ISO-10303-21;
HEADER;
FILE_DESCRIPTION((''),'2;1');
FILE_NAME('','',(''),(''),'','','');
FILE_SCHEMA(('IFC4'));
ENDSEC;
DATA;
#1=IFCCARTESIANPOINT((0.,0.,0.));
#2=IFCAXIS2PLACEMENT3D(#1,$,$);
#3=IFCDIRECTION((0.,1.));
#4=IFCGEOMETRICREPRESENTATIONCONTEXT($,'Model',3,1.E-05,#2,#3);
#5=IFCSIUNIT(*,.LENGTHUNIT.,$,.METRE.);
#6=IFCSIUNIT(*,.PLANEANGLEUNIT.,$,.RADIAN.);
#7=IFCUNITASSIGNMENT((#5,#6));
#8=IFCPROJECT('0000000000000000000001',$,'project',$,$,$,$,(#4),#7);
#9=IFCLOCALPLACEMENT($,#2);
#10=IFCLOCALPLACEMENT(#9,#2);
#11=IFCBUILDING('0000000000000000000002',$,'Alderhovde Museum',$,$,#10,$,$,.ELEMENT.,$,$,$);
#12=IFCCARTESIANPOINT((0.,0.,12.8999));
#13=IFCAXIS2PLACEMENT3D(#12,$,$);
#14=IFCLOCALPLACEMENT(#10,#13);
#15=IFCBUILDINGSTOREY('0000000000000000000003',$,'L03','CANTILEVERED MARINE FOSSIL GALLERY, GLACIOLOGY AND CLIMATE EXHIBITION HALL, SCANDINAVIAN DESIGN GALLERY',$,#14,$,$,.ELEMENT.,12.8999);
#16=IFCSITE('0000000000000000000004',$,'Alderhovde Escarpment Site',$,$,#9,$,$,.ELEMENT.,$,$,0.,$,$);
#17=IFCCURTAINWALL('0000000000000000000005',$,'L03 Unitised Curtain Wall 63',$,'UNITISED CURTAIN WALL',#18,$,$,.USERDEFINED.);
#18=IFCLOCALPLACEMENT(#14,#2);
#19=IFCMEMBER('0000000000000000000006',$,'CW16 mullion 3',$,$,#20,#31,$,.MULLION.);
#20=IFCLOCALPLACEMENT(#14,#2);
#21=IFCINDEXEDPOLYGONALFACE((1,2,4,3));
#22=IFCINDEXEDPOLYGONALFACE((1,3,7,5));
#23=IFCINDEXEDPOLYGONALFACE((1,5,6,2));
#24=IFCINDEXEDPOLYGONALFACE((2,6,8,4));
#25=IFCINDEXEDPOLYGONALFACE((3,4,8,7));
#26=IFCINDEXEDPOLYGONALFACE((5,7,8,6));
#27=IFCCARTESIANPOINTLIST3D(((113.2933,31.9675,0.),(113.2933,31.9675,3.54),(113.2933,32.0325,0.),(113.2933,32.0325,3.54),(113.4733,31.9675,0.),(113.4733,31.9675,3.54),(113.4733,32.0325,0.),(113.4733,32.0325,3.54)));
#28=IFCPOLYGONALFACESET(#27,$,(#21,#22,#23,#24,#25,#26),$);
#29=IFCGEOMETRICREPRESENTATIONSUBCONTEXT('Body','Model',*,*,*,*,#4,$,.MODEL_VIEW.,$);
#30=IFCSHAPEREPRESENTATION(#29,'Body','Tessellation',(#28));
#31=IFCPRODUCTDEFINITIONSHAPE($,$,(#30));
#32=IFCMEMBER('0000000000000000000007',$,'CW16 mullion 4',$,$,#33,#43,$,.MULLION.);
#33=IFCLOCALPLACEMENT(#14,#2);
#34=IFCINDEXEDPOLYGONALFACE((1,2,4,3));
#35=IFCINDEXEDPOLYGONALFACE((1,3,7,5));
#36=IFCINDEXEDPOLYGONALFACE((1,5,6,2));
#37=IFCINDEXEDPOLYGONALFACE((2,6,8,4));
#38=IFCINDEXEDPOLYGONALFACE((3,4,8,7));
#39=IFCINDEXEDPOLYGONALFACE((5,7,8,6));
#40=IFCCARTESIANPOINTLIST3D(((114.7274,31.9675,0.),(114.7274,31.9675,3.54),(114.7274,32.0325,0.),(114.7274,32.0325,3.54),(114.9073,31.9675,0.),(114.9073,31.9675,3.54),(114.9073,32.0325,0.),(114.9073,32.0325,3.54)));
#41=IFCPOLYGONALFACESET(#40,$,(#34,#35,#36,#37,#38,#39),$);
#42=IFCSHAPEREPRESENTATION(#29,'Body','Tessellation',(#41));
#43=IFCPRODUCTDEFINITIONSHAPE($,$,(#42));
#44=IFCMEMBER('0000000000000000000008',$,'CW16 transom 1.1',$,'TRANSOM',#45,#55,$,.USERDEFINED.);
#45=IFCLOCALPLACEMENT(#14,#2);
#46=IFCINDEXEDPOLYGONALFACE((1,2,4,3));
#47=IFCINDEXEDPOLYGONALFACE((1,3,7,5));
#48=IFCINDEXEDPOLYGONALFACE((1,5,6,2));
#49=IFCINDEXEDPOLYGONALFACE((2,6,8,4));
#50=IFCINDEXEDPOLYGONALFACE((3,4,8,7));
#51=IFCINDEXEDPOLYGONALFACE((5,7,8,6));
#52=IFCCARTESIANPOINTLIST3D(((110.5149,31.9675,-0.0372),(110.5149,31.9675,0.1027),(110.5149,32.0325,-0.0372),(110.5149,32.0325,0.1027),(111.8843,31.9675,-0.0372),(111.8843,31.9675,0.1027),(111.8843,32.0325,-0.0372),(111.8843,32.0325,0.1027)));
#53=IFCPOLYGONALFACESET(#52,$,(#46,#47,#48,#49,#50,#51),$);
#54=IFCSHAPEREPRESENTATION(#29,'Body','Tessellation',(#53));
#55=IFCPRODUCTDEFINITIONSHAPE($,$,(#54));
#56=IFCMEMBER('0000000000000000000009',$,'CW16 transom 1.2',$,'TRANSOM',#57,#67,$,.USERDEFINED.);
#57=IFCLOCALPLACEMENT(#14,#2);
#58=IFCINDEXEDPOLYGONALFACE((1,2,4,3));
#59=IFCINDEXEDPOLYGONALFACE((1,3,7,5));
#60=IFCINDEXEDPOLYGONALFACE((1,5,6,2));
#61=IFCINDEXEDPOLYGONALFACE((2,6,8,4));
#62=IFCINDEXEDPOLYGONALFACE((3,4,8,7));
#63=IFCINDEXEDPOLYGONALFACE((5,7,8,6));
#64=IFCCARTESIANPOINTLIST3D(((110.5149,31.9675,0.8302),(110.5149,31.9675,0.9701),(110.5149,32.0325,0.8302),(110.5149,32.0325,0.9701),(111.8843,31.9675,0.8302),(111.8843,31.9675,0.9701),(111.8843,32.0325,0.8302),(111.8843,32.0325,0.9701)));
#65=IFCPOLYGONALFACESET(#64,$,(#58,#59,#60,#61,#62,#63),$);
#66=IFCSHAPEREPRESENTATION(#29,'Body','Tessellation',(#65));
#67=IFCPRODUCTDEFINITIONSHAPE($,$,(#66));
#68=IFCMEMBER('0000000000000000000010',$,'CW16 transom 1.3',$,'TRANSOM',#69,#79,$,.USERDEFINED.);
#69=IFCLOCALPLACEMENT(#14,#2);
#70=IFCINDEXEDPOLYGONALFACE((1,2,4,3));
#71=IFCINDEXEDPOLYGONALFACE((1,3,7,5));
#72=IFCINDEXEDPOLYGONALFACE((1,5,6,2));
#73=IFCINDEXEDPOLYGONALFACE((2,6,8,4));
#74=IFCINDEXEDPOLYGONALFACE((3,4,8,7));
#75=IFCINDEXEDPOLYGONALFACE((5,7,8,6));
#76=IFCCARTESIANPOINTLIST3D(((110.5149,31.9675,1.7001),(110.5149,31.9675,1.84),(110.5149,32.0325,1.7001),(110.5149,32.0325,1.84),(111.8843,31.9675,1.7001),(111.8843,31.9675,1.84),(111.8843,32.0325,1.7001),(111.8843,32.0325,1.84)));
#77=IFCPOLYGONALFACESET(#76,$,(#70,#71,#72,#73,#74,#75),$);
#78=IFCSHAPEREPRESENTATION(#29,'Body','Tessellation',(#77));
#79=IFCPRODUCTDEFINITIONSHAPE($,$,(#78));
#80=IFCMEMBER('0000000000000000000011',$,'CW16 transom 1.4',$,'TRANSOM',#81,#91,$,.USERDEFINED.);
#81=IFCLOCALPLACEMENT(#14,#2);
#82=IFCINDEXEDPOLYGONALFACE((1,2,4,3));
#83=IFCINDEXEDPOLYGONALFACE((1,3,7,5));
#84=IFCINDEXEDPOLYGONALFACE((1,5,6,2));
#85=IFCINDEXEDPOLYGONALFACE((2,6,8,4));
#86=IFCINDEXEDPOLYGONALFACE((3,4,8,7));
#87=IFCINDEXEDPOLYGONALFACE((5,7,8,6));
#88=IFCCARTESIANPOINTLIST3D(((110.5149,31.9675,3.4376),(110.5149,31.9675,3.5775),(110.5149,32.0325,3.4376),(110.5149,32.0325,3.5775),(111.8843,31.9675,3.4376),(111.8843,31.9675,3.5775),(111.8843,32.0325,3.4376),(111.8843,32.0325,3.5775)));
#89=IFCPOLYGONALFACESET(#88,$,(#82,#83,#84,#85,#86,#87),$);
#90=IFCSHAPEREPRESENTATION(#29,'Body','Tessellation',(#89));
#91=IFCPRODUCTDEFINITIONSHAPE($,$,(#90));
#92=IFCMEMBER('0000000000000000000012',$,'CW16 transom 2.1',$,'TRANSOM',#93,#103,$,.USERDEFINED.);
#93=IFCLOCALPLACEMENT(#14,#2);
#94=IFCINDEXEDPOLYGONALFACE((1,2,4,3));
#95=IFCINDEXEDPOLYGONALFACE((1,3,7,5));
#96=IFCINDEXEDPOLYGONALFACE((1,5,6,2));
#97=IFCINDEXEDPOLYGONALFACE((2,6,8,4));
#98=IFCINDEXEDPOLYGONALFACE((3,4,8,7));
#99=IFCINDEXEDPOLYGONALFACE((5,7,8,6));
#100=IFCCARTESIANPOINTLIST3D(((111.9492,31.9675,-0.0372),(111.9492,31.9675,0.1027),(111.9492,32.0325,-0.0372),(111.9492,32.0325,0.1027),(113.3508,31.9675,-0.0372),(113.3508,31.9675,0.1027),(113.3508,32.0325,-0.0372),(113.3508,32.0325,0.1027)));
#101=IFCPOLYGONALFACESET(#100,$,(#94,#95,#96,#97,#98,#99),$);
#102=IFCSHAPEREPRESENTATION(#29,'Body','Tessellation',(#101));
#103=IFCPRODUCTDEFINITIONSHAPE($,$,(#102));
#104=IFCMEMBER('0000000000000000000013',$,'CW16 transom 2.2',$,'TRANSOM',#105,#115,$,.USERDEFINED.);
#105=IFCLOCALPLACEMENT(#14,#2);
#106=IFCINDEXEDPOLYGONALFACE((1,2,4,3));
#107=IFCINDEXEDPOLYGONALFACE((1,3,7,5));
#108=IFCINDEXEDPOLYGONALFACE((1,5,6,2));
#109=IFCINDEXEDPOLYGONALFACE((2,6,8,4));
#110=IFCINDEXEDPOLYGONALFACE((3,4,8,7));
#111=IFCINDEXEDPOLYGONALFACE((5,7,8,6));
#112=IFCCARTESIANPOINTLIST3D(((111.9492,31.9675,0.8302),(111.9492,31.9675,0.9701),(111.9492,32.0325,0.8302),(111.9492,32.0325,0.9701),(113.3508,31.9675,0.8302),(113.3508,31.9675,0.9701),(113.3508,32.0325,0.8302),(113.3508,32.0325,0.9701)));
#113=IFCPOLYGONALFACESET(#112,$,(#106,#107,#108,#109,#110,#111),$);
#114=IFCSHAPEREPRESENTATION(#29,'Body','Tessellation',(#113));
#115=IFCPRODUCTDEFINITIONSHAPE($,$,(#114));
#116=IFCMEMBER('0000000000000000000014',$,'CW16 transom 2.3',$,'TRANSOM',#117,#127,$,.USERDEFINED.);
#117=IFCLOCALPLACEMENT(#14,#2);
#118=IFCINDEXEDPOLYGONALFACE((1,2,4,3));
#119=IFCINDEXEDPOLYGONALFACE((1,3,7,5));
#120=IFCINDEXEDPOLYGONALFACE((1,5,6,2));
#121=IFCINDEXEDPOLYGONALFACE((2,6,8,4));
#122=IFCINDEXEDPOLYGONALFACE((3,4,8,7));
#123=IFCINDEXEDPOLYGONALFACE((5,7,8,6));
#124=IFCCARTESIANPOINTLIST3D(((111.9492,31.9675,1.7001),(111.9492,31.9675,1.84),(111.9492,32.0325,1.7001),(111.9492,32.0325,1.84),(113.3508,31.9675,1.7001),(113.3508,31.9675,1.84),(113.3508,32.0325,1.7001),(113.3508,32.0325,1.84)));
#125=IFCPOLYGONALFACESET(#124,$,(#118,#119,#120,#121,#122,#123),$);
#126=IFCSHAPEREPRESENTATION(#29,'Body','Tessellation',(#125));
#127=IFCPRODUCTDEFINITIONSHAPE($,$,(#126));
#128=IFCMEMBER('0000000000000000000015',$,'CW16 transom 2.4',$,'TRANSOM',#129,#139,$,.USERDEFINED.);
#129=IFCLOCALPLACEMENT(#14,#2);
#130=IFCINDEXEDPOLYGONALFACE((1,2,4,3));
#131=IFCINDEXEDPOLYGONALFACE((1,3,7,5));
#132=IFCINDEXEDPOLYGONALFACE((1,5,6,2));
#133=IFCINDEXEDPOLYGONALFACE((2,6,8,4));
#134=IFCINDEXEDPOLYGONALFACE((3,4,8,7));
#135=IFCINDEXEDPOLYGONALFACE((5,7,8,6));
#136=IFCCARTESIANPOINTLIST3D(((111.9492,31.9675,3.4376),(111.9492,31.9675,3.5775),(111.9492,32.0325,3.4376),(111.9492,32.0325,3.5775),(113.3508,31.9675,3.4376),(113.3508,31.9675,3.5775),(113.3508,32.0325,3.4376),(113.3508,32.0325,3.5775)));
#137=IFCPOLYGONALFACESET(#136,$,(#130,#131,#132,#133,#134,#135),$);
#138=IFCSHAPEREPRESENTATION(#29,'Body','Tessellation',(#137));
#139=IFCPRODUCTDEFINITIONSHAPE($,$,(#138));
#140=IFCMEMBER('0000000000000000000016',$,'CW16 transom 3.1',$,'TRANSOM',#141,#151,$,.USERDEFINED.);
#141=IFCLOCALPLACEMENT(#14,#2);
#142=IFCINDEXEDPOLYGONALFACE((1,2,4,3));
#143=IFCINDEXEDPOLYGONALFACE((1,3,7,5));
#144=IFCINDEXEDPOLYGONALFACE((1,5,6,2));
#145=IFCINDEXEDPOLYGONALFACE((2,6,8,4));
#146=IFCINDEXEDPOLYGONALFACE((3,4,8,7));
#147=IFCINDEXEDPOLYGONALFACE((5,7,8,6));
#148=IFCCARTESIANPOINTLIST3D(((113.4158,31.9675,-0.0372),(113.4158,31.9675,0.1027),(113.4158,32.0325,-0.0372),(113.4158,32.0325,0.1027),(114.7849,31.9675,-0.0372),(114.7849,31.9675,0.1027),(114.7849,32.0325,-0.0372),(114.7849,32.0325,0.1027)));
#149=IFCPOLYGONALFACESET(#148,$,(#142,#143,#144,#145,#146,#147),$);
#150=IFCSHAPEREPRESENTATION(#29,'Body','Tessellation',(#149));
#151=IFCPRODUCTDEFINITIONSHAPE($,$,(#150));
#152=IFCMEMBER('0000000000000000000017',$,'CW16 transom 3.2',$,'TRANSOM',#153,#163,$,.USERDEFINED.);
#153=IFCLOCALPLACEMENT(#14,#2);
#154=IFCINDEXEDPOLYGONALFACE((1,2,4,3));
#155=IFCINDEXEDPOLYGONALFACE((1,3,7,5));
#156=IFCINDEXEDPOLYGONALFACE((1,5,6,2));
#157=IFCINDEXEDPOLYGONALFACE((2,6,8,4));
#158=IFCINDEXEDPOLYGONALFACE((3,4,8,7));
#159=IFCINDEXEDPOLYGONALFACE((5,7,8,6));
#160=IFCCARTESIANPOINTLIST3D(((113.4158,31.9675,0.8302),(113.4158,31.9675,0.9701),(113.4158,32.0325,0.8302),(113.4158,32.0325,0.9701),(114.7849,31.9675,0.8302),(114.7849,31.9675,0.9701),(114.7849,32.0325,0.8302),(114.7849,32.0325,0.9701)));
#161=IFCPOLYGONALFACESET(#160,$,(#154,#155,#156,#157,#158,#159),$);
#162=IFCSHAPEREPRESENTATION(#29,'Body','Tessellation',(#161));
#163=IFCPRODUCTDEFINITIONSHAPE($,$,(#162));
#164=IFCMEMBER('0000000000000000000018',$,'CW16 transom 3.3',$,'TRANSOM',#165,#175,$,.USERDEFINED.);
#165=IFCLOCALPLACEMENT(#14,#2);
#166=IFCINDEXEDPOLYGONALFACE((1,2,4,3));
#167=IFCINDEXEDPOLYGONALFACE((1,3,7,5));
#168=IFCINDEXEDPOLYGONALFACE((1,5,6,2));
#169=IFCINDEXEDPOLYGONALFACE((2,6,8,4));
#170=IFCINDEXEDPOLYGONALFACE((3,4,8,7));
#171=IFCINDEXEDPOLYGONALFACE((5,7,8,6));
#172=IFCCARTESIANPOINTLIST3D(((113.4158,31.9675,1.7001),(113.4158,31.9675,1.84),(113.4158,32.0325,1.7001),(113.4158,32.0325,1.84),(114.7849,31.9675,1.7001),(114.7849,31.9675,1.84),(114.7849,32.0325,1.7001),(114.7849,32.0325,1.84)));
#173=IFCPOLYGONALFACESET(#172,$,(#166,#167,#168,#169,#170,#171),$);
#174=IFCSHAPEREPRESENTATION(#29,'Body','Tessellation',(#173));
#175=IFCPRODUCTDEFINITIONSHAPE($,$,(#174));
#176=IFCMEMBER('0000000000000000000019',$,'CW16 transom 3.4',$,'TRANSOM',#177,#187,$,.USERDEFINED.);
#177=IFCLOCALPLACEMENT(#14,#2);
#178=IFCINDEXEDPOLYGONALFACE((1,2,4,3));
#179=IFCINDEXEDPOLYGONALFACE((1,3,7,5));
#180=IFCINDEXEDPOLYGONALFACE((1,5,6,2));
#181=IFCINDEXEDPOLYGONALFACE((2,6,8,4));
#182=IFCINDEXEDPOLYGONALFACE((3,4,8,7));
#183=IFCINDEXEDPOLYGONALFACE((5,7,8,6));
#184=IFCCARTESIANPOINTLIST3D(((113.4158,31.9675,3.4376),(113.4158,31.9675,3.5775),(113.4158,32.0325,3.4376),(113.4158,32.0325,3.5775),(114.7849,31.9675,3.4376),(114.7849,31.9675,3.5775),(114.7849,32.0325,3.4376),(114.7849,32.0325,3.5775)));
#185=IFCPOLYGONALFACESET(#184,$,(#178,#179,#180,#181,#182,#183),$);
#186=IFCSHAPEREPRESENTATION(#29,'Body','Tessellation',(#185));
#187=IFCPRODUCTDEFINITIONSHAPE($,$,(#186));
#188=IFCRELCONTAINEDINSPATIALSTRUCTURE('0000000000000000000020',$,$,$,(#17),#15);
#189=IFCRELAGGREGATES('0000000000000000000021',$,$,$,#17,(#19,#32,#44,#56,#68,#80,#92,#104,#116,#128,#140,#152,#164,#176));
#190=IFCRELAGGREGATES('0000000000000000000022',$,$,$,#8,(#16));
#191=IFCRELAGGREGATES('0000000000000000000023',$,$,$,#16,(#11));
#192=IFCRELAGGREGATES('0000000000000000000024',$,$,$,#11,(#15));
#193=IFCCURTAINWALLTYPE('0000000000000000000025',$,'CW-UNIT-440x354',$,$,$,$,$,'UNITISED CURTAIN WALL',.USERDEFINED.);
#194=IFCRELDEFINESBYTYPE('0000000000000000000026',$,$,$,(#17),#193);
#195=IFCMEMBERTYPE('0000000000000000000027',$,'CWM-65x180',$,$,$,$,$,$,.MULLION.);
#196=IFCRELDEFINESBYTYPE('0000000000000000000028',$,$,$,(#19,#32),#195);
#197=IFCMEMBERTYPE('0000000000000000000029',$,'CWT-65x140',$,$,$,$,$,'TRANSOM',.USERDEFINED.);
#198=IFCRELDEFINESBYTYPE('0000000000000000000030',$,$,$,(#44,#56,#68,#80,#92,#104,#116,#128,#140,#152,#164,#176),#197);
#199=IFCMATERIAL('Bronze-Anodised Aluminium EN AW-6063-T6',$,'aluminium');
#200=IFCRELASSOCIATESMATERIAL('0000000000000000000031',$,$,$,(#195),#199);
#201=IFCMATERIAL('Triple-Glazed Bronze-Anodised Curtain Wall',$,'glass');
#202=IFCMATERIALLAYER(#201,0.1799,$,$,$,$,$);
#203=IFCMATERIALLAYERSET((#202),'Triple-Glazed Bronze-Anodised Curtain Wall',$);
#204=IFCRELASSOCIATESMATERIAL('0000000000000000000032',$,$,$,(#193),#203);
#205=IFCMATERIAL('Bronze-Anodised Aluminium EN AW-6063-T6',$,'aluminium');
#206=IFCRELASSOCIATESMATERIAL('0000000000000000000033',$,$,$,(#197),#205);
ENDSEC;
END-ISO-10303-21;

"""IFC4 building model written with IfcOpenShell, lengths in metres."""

from ifc_helpers import new_model, si_unit, direction, frame, origin, origin_2d, place, context, subcontext, project, spatial, rectangle, extrude, material, layer, layer_set, material_profile, profile_set, type_object, element, aggregate, save


model = new_model("IFC4")

# Units and contexts
model_context = context("Model", 3, precision=1e-05, world=origin(), true_north=direction((0.0, 1.0)))
body_context = subcontext(model_context, "Body", "Model", "MODEL_VIEW")
ifc_project = project(units=[si_unit("LENGTHUNIT", "METRE"), si_unit("PLANEANGLEUNIT", "RADIAN")], contexts=[model_context])

# Site, building, storey
site_placement = place(None, origin())
site = spatial("IfcSite", under=ifc_project, at=site_placement, Name="Alderhovde Escarpment Site", CompositionType="ELEMENT", RefElevation=0.0)
building_placement = place(site_placement, origin())
building = spatial("IfcBuilding", under=site, at=building_placement, Name="Alderhovde Museum", CompositionType="ELEMENT")
storey_placement = place(building_placement, frame((0.0, 0.0, 12.8999)))
storey = spatial("IfcBuildingStorey", under=building, at=storey_placement, Name="L03", Description="CANTILEVERED MARINE FOSSIL GALLERY, GLACIOLOGY AND CLIMATE EXHIBITION HALL, SCANDINAVIAN DESIGN GALLERY", CompositionType="ELEMENT", Elevation=12.8999)

# Shared definitions
ifc_material_1 = material(Name="Bronze-Anodised Aluminium EN AW-6063-T6", Category="aluminium")
ifc_material_profile_1 = material_profile(ifc_material_1, rectangle(XDim=0.0649, YDim=0.1799, at=origin_2d()), Name="MULLION 65x180")
ifc_profile_set_1 = profile_set([ifc_material_profile_1], Name="Bronze-Anodised Aluminium EN AW-6063-T6")
member_type_1 = type_object("IfcMemberType", Name="CWM-65x180", PredefinedType="MULLION", material=ifc_profile_set_1)

# Curtain wall, members
ifc_material_2 = material(Name="Triple-Glazed Bronze-Anodised Curtain Wall", Category="glass")
ifc_layer_1 = layer(ifc_material_2, 0.1799)
ifc_layer_set_1 = layer_set([ifc_layer_1], Name="Triple-Glazed Bronze-Anodised Curtain Wall")
curtain_wall_type_1 = type_object("IfcCurtainWallType", Name="CW-UNIT-440x354", ElementType="UNITISED CURTAIN WALL", PredefinedType="USERDEFINED", material=ifc_layer_set_1)
curtain_wall_1_placement = place(storey_placement, origin())
curtain_wall_1 = element("IfcCurtainWall", 1, at=curtain_wall_1_placement, inside=storey, type_object=curtain_wall_type_1, Name="L03 Unitised Curtain Wall 63", ObjectType="UNITISED CURTAIN WALL", PredefinedType="USERDEFINED")
member_1_placement = place(storey_placement, frame((113.3833, 32.0, 0.0), z_axis=(0.0, 0.0, 1.0), x_axis=(0.0, 1.0, 0.0)))
member_1 = element("IfcMember", 2, at=member_1_placement, type_object=member_type_1, Name="CW16 mullion 3", PredefinedType="MULLION", context=body_context, shape_type="SweptSolid", body=[
    extrude(rectangle(XDim=0.0649, YDim=0.1799, at=origin_2d()), origin(), (0.0, 0.0, 1.0), 3.54),
])
member_2_placement = place(storey_placement, frame((114.8174, 32.0, 0.0), z_axis=(0.0, 0.0, 1.0), x_axis=(0.0, 1.0, 0.0)))
member_2 = element("IfcMember", 3, at=member_2_placement, type_object=member_type_1, Name="CW16 mullion 4", PredefinedType="MULLION", context=body_context, shape_type="SweptSolid", body=[
    extrude(rectangle(XDim=0.0649, YDim=0.1799, at=origin_2d()), origin(), (0.0, 0.0, 1.0), 3.54),
])
ifc_material_3 = material(Name="Bronze-Anodised Aluminium EN AW-6063-T6", Category="aluminium")
ifc_material_profile_2 = material_profile(ifc_material_3, rectangle(XDim=0.0649, YDim=0.1399, at=origin_2d()), Name="TRANSOM 65x140")
ifc_profile_set_2 = profile_set([ifc_material_profile_2], Name="Bronze-Anodised Aluminium EN AW-6063-T6")
member_type_2 = type_object("IfcMemberType", Name="CWT-65x140", ElementType="TRANSOM", PredefinedType="USERDEFINED", material=ifc_profile_set_2)
member_3_placement = place(storey_placement, frame((110.5149, 32.0, 0.0327), z_axis=(1.0, 0.0, 0.0), x_axis=(0.0, 1.0, 0.0)))
member_3 = element("IfcMember", 4, at=member_3_placement, type_object=member_type_2, Name="CW16 transom 1.1", ObjectType="TRANSOM", PredefinedType="USERDEFINED", context=body_context, shape_type="SweptSolid", body=[
    extrude(rectangle(XDim=0.0649, YDim=0.1399, at=origin_2d()), origin(), (0.0, 0.0, 1.0), 1.3694),
])
member_4_placement = place(storey_placement, frame((110.5149, 32.0, 0.9001), z_axis=(1.0, 0.0, 0.0), x_axis=(0.0, 1.0, 0.0)))
member_4 = element("IfcMember", 5, at=member_4_placement, type_object=member_type_2, Name="CW16 transom 1.2", ObjectType="TRANSOM", PredefinedType="USERDEFINED", context=body_context, shape_type="SweptSolid", body=[
    extrude(rectangle(XDim=0.0649, YDim=0.1399, at=origin_2d()), origin(), (0.0, 0.0, 1.0), 1.3694),
])
member_5_placement = place(storey_placement, frame((110.5149, 32.0, 1.77), z_axis=(1.0, 0.0, 0.0), x_axis=(0.0, 1.0, 0.0)))
member_5 = element("IfcMember", 6, at=member_5_placement, type_object=member_type_2, Name="CW16 transom 1.3", ObjectType="TRANSOM", PredefinedType="USERDEFINED", context=body_context, shape_type="SweptSolid", body=[
    extrude(rectangle(XDim=0.0649, YDim=0.1399, at=origin_2d()), origin(), (0.0, 0.0, 1.0), 1.3694),
])
member_6_placement = place(storey_placement, frame((110.5149, 32.0, 3.5076), z_axis=(1.0, 0.0, 0.0), x_axis=(0.0, 1.0, 0.0)))
member_6 = element("IfcMember", 7, at=member_6_placement, type_object=member_type_2, Name="CW16 transom 1.4", ObjectType="TRANSOM", PredefinedType="USERDEFINED", context=body_context, shape_type="SweptSolid", body=[
    extrude(rectangle(XDim=0.0649, YDim=0.1399, at=origin_2d()), origin(), (0.0, 0.0, 1.0), 1.3694),
])
member_7_placement = place(storey_placement, frame((111.9492, 32.0, 0.0327), z_axis=(1.0, 0.0, 0.0), x_axis=(0.0, 1.0, 0.0)))
member_7 = element("IfcMember", 8, at=member_7_placement, type_object=member_type_2, Name="CW16 transom 2.1", ObjectType="TRANSOM", PredefinedType="USERDEFINED", context=body_context, shape_type="SweptSolid", body=[
    extrude(rectangle(XDim=0.0649, YDim=0.1399, at=origin_2d()), origin(), (0.0, 0.0, 1.0), 1.4016),
])
member_8_placement = place(storey_placement, frame((111.9492, 32.0, 0.9001), z_axis=(1.0, 0.0, 0.0), x_axis=(0.0, 1.0, 0.0)))
member_8 = element("IfcMember", 9, at=member_8_placement, type_object=member_type_2, Name="CW16 transom 2.2", ObjectType="TRANSOM", PredefinedType="USERDEFINED", context=body_context, shape_type="SweptSolid", body=[
    extrude(rectangle(XDim=0.0649, YDim=0.1399, at=origin_2d()), origin(), (0.0, 0.0, 1.0), 1.4016),
])
member_9_placement = place(storey_placement, frame((111.9492, 32.0, 1.77), z_axis=(1.0, 0.0, 0.0), x_axis=(0.0, 1.0, 0.0)))
member_9 = element("IfcMember", 10, at=member_9_placement, type_object=member_type_2, Name="CW16 transom 2.3", ObjectType="TRANSOM", PredefinedType="USERDEFINED", context=body_context, shape_type="SweptSolid", body=[
    extrude(rectangle(XDim=0.0649, YDim=0.1399, at=origin_2d()), origin(), (0.0, 0.0, 1.0), 1.4016),
])
member_10_placement = place(storey_placement, frame((111.9492, 32.0, 3.5076), z_axis=(1.0, 0.0, 0.0), x_axis=(0.0, 1.0, 0.0)))
member_10 = element("IfcMember", 11, at=member_10_placement, type_object=member_type_2, Name="CW16 transom 2.4", ObjectType="TRANSOM", PredefinedType="USERDEFINED", context=body_context, shape_type="SweptSolid", body=[
    extrude(rectangle(XDim=0.0649, YDim=0.1399, at=origin_2d()), origin(), (0.0, 0.0, 1.0), 1.4016),
])
member_11_placement = place(storey_placement, frame((113.4158, 32.0, 0.0327), z_axis=(1.0, 0.0, 0.0), x_axis=(0.0, 1.0, 0.0)))
member_11 = element("IfcMember", 12, at=member_11_placement, type_object=member_type_2, Name="CW16 transom 3.1", ObjectType="TRANSOM", PredefinedType="USERDEFINED", context=body_context, shape_type="SweptSolid", body=[
    extrude(rectangle(XDim=0.0649, YDim=0.1399, at=origin_2d()), origin(), (0.0, 0.0, 1.0), 1.3691),
])
member_12_placement = place(storey_placement, frame((113.4158, 32.0, 0.9001), z_axis=(1.0, 0.0, 0.0), x_axis=(0.0, 1.0, 0.0)))
member_12 = element("IfcMember", 13, at=member_12_placement, type_object=member_type_2, Name="CW16 transom 3.2", ObjectType="TRANSOM", PredefinedType="USERDEFINED", context=body_context, shape_type="SweptSolid", body=[
    extrude(rectangle(XDim=0.0649, YDim=0.1399, at=origin_2d()), origin(), (0.0, 0.0, 1.0), 1.3691),
])
member_13_placement = place(storey_placement, frame((113.4158, 32.0, 1.77), z_axis=(1.0, 0.0, 0.0), x_axis=(0.0, 1.0, 0.0)))
member_13 = element("IfcMember", 14, at=member_13_placement, type_object=member_type_2, Name="CW16 transom 3.3", ObjectType="TRANSOM", PredefinedType="USERDEFINED", context=body_context, shape_type="SweptSolid", body=[
    extrude(rectangle(XDim=0.0649, YDim=0.1399, at=origin_2d()), origin(), (0.0, 0.0, 1.0), 1.3691),
])
member_14_placement = place(storey_placement, frame((113.4158, 32.0, 3.5076), z_axis=(1.0, 0.0, 0.0), x_axis=(0.0, 1.0, 0.0)))
member_14 = element("IfcMember", 15, at=member_14_placement, type_object=member_type_2, Name="CW16 transom 3.4", ObjectType="TRANSOM", PredefinedType="USERDEFINED", context=body_context, shape_type="SweptSolid", body=[
    extrude(rectangle(XDim=0.0649, YDim=0.1399, at=origin_2d()), origin(), (0.0, 0.0, 1.0), 1.3691),
])

aggregate(curtain_wall_1, [member_1, member_2, member_3, member_4, member_5, member_6, member_7, member_8, member_9, member_10, member_11, member_12, member_13, member_14])

save(model, "model.ifc")
